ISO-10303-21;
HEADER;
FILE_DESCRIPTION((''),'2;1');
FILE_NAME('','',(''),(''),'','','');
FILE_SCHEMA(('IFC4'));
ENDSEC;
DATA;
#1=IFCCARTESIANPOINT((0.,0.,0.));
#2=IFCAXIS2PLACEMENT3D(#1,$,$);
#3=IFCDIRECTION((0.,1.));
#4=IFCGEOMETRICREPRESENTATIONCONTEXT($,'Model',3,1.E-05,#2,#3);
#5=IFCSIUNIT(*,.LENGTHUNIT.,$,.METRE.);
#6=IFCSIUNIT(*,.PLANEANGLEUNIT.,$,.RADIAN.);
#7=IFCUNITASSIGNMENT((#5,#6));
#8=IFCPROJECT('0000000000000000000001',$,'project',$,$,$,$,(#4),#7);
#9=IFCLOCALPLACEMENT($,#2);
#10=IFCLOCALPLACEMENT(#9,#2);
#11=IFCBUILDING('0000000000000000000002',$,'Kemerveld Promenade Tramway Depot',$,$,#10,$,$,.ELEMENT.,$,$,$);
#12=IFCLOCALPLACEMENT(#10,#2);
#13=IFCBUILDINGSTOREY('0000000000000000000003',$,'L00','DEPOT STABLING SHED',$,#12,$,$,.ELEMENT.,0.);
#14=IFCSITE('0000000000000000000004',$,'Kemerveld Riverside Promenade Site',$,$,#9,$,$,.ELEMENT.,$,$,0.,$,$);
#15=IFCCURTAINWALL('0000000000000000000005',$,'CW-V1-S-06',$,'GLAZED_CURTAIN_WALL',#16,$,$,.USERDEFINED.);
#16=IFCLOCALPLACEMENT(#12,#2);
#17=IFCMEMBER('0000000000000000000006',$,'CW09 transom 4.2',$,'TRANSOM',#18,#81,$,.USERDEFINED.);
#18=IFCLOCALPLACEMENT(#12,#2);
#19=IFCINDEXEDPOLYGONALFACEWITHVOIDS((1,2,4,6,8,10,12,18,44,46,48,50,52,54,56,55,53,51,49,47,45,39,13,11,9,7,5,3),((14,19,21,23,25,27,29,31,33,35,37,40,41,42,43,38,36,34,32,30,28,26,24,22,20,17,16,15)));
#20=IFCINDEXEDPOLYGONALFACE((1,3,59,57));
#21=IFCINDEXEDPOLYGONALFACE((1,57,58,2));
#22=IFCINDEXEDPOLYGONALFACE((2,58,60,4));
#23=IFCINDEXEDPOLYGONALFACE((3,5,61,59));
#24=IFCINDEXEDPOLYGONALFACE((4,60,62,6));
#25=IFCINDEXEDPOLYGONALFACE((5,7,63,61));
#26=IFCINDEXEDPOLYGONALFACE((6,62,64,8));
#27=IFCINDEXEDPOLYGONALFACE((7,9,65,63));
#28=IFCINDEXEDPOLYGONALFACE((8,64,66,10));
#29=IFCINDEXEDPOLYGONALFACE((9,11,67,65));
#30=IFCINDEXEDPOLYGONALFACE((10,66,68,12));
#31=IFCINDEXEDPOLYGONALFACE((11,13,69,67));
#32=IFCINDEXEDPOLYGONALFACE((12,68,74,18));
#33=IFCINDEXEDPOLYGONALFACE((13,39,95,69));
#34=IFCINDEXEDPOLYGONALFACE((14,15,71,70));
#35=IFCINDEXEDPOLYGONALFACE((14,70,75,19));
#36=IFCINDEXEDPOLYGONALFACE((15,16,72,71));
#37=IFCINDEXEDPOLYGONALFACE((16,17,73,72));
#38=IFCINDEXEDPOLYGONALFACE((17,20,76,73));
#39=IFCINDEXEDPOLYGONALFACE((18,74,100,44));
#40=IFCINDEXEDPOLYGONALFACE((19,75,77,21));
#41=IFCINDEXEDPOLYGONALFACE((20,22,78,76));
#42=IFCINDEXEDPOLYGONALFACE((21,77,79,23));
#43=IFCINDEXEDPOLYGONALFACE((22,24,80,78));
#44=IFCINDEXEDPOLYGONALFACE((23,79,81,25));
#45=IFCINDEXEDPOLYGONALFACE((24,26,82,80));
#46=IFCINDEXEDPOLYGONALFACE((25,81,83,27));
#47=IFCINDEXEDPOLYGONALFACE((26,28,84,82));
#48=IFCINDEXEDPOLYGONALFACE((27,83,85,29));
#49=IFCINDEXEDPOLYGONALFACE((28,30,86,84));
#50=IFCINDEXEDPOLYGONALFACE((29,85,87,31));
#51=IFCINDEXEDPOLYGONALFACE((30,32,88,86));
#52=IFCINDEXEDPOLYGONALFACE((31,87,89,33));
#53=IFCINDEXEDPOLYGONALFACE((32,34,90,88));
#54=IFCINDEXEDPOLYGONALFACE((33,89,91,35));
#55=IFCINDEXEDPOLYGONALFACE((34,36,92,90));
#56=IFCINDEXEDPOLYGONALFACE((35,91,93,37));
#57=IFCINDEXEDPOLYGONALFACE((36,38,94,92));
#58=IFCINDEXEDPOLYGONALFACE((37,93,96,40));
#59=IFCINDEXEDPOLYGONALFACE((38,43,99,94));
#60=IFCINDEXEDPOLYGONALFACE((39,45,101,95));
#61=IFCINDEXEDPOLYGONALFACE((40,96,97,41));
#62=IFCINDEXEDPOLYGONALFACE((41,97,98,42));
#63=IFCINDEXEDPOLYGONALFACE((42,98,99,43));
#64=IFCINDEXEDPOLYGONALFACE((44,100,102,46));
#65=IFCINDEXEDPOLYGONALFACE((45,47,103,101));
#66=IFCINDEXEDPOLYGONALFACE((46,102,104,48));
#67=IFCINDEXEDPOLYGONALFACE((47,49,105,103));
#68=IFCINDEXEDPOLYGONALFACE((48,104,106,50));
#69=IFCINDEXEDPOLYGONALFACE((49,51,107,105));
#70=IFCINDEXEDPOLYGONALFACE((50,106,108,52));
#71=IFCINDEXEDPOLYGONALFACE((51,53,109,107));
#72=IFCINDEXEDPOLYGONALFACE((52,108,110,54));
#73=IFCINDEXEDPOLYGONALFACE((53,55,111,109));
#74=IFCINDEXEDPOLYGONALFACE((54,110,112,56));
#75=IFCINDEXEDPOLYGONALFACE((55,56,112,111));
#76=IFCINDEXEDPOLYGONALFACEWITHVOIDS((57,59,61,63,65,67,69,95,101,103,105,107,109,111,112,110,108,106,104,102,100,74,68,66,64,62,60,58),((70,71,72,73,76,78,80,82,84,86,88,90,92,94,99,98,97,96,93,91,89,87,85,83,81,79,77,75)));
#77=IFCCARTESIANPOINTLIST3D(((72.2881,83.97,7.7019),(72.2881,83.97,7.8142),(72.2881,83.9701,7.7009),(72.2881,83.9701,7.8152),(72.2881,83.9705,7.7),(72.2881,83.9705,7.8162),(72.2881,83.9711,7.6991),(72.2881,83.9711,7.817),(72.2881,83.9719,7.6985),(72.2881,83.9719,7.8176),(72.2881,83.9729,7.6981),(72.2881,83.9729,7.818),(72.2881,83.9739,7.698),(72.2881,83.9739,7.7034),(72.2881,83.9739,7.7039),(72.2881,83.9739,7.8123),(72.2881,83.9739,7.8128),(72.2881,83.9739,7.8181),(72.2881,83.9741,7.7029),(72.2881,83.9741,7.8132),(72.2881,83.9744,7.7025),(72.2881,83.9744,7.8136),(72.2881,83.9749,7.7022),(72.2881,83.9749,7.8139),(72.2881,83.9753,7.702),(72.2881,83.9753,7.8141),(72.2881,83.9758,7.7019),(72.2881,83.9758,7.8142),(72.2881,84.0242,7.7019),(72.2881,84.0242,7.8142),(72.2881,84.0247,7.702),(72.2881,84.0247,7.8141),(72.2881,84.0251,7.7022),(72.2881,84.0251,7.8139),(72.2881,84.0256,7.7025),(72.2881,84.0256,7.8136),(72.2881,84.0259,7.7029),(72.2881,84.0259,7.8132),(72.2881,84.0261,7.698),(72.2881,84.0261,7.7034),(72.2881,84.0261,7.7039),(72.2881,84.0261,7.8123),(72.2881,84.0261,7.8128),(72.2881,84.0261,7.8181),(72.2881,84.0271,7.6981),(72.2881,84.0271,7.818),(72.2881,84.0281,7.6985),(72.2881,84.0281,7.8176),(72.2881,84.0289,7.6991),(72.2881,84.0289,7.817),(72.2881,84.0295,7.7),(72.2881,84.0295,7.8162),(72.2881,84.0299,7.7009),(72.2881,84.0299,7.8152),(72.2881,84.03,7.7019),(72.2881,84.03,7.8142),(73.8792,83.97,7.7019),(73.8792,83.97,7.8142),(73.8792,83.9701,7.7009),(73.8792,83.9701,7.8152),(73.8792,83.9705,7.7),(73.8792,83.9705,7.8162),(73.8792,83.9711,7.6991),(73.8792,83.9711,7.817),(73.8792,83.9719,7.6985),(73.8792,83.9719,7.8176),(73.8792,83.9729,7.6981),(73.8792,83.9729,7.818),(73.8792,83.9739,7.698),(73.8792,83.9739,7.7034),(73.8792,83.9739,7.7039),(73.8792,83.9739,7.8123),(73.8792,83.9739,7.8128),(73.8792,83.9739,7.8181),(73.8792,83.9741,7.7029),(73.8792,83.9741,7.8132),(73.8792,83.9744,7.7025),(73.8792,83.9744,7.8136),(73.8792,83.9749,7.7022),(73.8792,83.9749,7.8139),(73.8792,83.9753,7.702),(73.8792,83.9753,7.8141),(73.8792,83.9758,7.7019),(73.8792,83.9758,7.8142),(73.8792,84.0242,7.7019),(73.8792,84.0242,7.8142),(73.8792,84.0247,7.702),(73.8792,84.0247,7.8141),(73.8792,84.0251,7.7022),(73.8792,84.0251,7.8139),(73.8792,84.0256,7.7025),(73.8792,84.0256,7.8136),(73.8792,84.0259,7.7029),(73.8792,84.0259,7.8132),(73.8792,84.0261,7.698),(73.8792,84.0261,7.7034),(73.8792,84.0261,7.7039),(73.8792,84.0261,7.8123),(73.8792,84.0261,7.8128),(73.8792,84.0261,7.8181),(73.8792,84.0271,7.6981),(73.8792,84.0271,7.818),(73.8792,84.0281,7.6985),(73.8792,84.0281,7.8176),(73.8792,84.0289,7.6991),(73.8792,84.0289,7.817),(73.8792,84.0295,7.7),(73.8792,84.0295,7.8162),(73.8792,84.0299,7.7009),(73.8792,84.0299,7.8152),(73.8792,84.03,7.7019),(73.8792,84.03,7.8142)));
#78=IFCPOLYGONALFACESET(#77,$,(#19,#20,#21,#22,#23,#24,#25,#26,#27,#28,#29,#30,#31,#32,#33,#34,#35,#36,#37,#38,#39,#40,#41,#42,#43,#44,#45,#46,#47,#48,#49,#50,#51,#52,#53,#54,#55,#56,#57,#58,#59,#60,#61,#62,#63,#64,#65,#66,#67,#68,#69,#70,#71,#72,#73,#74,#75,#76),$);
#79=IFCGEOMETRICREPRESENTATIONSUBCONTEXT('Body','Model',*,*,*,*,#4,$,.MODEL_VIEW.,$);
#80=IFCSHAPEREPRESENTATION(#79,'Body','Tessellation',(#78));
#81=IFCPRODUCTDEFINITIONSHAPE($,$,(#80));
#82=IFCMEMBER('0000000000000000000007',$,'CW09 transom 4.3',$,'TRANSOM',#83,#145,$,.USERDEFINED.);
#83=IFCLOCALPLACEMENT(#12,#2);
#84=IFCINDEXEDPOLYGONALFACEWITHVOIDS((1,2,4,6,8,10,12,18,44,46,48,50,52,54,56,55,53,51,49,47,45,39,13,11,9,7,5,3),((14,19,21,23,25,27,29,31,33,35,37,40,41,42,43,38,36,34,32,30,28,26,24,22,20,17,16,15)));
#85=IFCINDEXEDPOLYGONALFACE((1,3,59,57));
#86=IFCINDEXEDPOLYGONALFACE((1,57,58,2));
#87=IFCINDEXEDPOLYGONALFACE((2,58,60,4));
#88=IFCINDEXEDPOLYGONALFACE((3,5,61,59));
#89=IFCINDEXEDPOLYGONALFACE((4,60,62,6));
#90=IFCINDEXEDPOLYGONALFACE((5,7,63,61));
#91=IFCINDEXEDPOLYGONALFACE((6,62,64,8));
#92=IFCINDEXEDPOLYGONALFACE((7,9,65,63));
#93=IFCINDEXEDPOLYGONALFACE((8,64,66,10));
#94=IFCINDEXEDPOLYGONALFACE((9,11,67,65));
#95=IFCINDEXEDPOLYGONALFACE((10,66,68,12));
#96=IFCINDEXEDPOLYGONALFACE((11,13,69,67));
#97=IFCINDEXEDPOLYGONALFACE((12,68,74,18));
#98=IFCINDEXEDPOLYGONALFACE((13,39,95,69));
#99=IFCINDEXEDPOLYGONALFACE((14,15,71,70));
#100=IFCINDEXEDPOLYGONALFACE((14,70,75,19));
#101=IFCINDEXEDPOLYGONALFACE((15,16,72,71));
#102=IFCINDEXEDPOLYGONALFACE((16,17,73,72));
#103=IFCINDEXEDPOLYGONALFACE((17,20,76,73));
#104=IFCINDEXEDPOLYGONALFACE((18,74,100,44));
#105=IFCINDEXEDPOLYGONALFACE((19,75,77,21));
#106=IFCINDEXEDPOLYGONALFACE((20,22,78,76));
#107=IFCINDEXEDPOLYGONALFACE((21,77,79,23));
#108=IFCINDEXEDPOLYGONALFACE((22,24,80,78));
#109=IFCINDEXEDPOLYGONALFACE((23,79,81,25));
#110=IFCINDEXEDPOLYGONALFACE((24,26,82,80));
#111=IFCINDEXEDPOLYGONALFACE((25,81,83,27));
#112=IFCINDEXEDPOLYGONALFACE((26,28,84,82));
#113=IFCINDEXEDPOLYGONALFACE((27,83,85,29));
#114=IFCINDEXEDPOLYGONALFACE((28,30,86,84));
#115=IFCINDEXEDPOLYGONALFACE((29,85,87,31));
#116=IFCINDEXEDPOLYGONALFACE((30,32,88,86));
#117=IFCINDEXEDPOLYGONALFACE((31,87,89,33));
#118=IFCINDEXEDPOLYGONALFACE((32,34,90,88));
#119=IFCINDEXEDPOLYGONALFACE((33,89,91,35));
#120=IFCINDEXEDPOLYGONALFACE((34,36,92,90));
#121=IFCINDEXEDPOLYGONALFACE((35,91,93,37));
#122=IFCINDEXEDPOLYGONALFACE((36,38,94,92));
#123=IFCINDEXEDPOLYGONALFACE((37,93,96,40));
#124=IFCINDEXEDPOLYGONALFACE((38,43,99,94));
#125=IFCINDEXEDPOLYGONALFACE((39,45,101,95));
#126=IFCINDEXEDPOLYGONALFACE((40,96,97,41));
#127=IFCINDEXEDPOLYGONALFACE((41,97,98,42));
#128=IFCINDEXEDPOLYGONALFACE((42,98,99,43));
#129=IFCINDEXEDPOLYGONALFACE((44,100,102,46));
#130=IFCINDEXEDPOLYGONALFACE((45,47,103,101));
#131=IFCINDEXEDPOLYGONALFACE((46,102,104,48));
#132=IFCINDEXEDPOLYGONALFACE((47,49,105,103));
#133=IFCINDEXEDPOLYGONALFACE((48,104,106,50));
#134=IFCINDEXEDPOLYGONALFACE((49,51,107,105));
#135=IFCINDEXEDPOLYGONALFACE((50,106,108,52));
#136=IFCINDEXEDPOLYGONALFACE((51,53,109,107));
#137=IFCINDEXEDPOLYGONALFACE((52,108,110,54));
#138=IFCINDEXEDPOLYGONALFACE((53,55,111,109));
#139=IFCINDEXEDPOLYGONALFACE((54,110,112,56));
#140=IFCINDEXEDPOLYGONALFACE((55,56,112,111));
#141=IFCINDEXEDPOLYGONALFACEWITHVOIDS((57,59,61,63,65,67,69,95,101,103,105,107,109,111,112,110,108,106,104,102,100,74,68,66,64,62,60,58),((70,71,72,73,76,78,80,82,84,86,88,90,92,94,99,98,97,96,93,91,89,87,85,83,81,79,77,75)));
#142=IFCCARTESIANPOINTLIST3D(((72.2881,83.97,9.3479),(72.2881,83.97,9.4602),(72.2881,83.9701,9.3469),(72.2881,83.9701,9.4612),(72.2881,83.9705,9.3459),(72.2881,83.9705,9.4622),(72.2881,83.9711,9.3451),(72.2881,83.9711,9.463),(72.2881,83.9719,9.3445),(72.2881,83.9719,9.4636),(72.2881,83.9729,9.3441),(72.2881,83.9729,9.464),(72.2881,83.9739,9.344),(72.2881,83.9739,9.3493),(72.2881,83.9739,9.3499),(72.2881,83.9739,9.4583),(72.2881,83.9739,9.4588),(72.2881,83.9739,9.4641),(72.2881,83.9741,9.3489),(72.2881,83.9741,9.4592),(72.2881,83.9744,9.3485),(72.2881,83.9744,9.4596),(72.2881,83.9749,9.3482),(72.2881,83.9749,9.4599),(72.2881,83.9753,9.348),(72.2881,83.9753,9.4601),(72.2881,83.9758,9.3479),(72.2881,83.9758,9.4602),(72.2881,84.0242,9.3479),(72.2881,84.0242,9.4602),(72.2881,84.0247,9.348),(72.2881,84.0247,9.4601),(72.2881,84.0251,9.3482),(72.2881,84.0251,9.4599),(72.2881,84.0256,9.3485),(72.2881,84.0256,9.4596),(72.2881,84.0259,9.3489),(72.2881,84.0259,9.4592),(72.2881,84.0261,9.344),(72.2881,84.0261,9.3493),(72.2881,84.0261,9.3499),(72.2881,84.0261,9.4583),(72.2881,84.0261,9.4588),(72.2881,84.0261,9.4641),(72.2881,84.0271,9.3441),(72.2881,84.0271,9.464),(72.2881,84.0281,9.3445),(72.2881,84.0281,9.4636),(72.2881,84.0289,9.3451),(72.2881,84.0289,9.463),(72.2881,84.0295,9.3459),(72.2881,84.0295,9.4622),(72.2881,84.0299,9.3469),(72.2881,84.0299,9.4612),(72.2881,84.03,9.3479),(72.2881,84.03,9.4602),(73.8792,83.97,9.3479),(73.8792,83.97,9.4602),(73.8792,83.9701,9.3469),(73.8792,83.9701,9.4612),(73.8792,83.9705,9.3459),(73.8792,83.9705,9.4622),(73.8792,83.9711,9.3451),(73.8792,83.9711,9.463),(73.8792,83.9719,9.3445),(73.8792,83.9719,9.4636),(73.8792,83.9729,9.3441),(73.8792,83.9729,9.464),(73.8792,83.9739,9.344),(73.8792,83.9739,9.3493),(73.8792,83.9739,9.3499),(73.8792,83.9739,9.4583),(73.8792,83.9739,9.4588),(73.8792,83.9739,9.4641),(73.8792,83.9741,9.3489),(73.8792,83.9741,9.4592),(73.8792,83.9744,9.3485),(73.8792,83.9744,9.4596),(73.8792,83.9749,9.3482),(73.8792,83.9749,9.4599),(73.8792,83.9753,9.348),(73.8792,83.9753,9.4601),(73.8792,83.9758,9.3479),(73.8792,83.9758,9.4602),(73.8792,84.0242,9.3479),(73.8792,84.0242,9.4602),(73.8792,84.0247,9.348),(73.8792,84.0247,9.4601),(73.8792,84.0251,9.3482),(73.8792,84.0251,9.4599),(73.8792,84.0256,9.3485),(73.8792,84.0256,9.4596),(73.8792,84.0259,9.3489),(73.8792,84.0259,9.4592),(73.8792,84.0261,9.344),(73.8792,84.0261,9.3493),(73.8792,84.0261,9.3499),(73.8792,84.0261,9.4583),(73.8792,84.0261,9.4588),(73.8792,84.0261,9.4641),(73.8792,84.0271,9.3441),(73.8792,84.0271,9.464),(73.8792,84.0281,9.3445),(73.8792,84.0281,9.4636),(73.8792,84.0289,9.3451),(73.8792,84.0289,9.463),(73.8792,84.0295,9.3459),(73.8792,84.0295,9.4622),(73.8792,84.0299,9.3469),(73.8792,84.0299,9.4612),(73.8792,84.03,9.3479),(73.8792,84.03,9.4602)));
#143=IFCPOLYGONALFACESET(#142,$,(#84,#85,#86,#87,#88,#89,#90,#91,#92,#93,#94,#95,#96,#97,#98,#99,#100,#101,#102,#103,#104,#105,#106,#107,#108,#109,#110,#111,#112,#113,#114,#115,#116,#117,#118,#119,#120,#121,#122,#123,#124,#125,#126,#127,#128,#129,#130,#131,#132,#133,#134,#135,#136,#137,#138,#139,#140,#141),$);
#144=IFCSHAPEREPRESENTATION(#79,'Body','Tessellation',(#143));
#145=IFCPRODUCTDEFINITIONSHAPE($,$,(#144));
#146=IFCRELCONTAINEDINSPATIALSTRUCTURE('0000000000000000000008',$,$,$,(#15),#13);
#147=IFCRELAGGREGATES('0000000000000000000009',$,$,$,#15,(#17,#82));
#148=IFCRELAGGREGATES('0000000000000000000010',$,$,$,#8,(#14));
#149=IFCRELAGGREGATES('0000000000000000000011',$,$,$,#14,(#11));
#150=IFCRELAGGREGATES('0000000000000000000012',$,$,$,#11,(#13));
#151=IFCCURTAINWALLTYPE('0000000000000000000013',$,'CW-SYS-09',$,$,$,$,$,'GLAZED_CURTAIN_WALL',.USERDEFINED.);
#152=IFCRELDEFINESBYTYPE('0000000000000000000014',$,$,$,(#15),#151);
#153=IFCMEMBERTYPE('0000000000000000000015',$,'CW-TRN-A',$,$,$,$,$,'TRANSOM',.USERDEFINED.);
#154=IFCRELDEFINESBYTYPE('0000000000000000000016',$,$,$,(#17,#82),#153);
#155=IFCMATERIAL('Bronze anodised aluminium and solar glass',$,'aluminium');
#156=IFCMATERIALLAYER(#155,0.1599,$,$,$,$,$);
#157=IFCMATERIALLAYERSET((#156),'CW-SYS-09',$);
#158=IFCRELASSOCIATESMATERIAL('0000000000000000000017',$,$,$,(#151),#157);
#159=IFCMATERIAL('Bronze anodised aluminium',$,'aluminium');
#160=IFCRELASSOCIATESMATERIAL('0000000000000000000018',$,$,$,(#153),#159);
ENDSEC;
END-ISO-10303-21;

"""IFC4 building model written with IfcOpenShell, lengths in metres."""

from ifc_helpers import new_model, si_unit, direction, frame, origin, origin_2d, place, context, subcontext, project, spatial, hollow_rectangle, extrude, material, layer, layer_set, material_profile, profile_set, type_object, element, aggregate, save


model = new_model("IFC4")

# Units and contexts
model_context = context("Model", 3, precision=1e-05, world=origin(), true_north=direction((0.0, 1.0)))
body_context = subcontext(model_context, "Body", "Model", "MODEL_VIEW")
ifc_project = project(units=[si_unit("LENGTHUNIT", "METRE"), si_unit("PLANEANGLEUNIT", "RADIAN")], contexts=[model_context])

# Site, building, storey
site_placement = place(None, origin())
site = spatial("IfcSite", under=ifc_project, at=site_placement, Name="Kemerveld Riverside Promenade Site", CompositionType="ELEMENT", RefElevation=0.0)
building_placement = place(site_placement, origin())
building = spatial("IfcBuilding", under=site, at=building_placement, Name="Kemerveld Promenade Tramway Depot", CompositionType="ELEMENT")
storey_placement = place(building_placement, origin())
storey = spatial("IfcBuildingStorey", under=building, at=storey_placement, Name="L00", Description="DEPOT STABLING SHED", CompositionType="ELEMENT", Elevation=0.0)

# Curtain wall
ifc_material_1 = material(Name="Bronze anodised aluminium and solar glass", Category="aluminium")
ifc_layer_1 = layer(ifc_material_1, 0.1599)
ifc_layer_set_1 = layer_set([ifc_layer_1], Name="CW-SYS-09")
curtain_wall_type_1 = type_object("IfcCurtainWallType", Name="CW-SYS-09", ElementType="GLAZED_CURTAIN_WALL", PredefinedType="USERDEFINED", material=ifc_layer_set_1)
curtain_wall_1_placement = place(storey_placement, origin())
curtain_wall_1 = element("IfcCurtainWall", 1, at=curtain_wall_1_placement, inside=storey, type_object=curtain_wall_type_1, Name="CW-V1-S-06", ObjectType="GLAZED_CURTAIN_WALL", PredefinedType="USERDEFINED")
ifc_material_2 = material(Name="Bronze anodised aluminium", Category="aluminium")

# Members
ifc_material_profile_1 = material_profile(ifc_material_2, hollow_rectangle(XDim=0.0601, YDim=0.1201, WallThickness=0.0039, InnerFilletRadius=0.002, OuterFilletRadius=0.0039, at=origin_2d()), Name="CW-TRN-120x60")
ifc_profile_set_1 = profile_set([ifc_material_profile_1], Name="Bronze anodised aluminium")
member_type_1 = type_object("IfcMemberType", Name="CW-TRN-A", ElementType="TRANSOM", PredefinedType="USERDEFINED", material=ifc_profile_set_1)
member_1_placement = place(storey_placement, frame((73.8792, 84.0, 7.7581), z_axis=(-1.0, 0.0, 0.0), x_axis=(0.0, -1.0, 0.0)))
member_1 = element("IfcMember", 2, at=member_1_placement, type_object=member_type_1, Name="CW09 transom 4.2", ObjectType="TRANSOM", PredefinedType="USERDEFINED", context=body_context, shape_type="SweptSolid", body=[
    extrude(hollow_rectangle(XDim=0.0601, YDim=0.1201, WallThickness=0.0039, InnerFilletRadius=0.002, OuterFilletRadius=0.0039, at=origin_2d()), origin(), (0.0, 0.0, 1.0), 1.5911),
])
member_2_placement = place(storey_placement, frame((73.8792, 84.0, 9.4041), z_axis=(-1.0, 0.0, 0.0), x_axis=(0.0, -1.0, 0.0)))
member_2 = element("IfcMember", 3, at=member_2_placement, type_object=member_type_1, Name="CW09 transom 4.3", ObjectType="TRANSOM", PredefinedType="USERDEFINED", context=body_context, shape_type="SweptSolid", body=[
    extrude(hollow_rectangle(XDim=0.0601, YDim=0.1201, WallThickness=0.0039, InnerFilletRadius=0.002, OuterFilletRadius=0.0039, at=origin_2d()), origin(), (0.0, 0.0, 1.0), 1.5911),
])

aggregate(curtain_wall_1, [member_1, member_2])

save(model, "model.ifc")
